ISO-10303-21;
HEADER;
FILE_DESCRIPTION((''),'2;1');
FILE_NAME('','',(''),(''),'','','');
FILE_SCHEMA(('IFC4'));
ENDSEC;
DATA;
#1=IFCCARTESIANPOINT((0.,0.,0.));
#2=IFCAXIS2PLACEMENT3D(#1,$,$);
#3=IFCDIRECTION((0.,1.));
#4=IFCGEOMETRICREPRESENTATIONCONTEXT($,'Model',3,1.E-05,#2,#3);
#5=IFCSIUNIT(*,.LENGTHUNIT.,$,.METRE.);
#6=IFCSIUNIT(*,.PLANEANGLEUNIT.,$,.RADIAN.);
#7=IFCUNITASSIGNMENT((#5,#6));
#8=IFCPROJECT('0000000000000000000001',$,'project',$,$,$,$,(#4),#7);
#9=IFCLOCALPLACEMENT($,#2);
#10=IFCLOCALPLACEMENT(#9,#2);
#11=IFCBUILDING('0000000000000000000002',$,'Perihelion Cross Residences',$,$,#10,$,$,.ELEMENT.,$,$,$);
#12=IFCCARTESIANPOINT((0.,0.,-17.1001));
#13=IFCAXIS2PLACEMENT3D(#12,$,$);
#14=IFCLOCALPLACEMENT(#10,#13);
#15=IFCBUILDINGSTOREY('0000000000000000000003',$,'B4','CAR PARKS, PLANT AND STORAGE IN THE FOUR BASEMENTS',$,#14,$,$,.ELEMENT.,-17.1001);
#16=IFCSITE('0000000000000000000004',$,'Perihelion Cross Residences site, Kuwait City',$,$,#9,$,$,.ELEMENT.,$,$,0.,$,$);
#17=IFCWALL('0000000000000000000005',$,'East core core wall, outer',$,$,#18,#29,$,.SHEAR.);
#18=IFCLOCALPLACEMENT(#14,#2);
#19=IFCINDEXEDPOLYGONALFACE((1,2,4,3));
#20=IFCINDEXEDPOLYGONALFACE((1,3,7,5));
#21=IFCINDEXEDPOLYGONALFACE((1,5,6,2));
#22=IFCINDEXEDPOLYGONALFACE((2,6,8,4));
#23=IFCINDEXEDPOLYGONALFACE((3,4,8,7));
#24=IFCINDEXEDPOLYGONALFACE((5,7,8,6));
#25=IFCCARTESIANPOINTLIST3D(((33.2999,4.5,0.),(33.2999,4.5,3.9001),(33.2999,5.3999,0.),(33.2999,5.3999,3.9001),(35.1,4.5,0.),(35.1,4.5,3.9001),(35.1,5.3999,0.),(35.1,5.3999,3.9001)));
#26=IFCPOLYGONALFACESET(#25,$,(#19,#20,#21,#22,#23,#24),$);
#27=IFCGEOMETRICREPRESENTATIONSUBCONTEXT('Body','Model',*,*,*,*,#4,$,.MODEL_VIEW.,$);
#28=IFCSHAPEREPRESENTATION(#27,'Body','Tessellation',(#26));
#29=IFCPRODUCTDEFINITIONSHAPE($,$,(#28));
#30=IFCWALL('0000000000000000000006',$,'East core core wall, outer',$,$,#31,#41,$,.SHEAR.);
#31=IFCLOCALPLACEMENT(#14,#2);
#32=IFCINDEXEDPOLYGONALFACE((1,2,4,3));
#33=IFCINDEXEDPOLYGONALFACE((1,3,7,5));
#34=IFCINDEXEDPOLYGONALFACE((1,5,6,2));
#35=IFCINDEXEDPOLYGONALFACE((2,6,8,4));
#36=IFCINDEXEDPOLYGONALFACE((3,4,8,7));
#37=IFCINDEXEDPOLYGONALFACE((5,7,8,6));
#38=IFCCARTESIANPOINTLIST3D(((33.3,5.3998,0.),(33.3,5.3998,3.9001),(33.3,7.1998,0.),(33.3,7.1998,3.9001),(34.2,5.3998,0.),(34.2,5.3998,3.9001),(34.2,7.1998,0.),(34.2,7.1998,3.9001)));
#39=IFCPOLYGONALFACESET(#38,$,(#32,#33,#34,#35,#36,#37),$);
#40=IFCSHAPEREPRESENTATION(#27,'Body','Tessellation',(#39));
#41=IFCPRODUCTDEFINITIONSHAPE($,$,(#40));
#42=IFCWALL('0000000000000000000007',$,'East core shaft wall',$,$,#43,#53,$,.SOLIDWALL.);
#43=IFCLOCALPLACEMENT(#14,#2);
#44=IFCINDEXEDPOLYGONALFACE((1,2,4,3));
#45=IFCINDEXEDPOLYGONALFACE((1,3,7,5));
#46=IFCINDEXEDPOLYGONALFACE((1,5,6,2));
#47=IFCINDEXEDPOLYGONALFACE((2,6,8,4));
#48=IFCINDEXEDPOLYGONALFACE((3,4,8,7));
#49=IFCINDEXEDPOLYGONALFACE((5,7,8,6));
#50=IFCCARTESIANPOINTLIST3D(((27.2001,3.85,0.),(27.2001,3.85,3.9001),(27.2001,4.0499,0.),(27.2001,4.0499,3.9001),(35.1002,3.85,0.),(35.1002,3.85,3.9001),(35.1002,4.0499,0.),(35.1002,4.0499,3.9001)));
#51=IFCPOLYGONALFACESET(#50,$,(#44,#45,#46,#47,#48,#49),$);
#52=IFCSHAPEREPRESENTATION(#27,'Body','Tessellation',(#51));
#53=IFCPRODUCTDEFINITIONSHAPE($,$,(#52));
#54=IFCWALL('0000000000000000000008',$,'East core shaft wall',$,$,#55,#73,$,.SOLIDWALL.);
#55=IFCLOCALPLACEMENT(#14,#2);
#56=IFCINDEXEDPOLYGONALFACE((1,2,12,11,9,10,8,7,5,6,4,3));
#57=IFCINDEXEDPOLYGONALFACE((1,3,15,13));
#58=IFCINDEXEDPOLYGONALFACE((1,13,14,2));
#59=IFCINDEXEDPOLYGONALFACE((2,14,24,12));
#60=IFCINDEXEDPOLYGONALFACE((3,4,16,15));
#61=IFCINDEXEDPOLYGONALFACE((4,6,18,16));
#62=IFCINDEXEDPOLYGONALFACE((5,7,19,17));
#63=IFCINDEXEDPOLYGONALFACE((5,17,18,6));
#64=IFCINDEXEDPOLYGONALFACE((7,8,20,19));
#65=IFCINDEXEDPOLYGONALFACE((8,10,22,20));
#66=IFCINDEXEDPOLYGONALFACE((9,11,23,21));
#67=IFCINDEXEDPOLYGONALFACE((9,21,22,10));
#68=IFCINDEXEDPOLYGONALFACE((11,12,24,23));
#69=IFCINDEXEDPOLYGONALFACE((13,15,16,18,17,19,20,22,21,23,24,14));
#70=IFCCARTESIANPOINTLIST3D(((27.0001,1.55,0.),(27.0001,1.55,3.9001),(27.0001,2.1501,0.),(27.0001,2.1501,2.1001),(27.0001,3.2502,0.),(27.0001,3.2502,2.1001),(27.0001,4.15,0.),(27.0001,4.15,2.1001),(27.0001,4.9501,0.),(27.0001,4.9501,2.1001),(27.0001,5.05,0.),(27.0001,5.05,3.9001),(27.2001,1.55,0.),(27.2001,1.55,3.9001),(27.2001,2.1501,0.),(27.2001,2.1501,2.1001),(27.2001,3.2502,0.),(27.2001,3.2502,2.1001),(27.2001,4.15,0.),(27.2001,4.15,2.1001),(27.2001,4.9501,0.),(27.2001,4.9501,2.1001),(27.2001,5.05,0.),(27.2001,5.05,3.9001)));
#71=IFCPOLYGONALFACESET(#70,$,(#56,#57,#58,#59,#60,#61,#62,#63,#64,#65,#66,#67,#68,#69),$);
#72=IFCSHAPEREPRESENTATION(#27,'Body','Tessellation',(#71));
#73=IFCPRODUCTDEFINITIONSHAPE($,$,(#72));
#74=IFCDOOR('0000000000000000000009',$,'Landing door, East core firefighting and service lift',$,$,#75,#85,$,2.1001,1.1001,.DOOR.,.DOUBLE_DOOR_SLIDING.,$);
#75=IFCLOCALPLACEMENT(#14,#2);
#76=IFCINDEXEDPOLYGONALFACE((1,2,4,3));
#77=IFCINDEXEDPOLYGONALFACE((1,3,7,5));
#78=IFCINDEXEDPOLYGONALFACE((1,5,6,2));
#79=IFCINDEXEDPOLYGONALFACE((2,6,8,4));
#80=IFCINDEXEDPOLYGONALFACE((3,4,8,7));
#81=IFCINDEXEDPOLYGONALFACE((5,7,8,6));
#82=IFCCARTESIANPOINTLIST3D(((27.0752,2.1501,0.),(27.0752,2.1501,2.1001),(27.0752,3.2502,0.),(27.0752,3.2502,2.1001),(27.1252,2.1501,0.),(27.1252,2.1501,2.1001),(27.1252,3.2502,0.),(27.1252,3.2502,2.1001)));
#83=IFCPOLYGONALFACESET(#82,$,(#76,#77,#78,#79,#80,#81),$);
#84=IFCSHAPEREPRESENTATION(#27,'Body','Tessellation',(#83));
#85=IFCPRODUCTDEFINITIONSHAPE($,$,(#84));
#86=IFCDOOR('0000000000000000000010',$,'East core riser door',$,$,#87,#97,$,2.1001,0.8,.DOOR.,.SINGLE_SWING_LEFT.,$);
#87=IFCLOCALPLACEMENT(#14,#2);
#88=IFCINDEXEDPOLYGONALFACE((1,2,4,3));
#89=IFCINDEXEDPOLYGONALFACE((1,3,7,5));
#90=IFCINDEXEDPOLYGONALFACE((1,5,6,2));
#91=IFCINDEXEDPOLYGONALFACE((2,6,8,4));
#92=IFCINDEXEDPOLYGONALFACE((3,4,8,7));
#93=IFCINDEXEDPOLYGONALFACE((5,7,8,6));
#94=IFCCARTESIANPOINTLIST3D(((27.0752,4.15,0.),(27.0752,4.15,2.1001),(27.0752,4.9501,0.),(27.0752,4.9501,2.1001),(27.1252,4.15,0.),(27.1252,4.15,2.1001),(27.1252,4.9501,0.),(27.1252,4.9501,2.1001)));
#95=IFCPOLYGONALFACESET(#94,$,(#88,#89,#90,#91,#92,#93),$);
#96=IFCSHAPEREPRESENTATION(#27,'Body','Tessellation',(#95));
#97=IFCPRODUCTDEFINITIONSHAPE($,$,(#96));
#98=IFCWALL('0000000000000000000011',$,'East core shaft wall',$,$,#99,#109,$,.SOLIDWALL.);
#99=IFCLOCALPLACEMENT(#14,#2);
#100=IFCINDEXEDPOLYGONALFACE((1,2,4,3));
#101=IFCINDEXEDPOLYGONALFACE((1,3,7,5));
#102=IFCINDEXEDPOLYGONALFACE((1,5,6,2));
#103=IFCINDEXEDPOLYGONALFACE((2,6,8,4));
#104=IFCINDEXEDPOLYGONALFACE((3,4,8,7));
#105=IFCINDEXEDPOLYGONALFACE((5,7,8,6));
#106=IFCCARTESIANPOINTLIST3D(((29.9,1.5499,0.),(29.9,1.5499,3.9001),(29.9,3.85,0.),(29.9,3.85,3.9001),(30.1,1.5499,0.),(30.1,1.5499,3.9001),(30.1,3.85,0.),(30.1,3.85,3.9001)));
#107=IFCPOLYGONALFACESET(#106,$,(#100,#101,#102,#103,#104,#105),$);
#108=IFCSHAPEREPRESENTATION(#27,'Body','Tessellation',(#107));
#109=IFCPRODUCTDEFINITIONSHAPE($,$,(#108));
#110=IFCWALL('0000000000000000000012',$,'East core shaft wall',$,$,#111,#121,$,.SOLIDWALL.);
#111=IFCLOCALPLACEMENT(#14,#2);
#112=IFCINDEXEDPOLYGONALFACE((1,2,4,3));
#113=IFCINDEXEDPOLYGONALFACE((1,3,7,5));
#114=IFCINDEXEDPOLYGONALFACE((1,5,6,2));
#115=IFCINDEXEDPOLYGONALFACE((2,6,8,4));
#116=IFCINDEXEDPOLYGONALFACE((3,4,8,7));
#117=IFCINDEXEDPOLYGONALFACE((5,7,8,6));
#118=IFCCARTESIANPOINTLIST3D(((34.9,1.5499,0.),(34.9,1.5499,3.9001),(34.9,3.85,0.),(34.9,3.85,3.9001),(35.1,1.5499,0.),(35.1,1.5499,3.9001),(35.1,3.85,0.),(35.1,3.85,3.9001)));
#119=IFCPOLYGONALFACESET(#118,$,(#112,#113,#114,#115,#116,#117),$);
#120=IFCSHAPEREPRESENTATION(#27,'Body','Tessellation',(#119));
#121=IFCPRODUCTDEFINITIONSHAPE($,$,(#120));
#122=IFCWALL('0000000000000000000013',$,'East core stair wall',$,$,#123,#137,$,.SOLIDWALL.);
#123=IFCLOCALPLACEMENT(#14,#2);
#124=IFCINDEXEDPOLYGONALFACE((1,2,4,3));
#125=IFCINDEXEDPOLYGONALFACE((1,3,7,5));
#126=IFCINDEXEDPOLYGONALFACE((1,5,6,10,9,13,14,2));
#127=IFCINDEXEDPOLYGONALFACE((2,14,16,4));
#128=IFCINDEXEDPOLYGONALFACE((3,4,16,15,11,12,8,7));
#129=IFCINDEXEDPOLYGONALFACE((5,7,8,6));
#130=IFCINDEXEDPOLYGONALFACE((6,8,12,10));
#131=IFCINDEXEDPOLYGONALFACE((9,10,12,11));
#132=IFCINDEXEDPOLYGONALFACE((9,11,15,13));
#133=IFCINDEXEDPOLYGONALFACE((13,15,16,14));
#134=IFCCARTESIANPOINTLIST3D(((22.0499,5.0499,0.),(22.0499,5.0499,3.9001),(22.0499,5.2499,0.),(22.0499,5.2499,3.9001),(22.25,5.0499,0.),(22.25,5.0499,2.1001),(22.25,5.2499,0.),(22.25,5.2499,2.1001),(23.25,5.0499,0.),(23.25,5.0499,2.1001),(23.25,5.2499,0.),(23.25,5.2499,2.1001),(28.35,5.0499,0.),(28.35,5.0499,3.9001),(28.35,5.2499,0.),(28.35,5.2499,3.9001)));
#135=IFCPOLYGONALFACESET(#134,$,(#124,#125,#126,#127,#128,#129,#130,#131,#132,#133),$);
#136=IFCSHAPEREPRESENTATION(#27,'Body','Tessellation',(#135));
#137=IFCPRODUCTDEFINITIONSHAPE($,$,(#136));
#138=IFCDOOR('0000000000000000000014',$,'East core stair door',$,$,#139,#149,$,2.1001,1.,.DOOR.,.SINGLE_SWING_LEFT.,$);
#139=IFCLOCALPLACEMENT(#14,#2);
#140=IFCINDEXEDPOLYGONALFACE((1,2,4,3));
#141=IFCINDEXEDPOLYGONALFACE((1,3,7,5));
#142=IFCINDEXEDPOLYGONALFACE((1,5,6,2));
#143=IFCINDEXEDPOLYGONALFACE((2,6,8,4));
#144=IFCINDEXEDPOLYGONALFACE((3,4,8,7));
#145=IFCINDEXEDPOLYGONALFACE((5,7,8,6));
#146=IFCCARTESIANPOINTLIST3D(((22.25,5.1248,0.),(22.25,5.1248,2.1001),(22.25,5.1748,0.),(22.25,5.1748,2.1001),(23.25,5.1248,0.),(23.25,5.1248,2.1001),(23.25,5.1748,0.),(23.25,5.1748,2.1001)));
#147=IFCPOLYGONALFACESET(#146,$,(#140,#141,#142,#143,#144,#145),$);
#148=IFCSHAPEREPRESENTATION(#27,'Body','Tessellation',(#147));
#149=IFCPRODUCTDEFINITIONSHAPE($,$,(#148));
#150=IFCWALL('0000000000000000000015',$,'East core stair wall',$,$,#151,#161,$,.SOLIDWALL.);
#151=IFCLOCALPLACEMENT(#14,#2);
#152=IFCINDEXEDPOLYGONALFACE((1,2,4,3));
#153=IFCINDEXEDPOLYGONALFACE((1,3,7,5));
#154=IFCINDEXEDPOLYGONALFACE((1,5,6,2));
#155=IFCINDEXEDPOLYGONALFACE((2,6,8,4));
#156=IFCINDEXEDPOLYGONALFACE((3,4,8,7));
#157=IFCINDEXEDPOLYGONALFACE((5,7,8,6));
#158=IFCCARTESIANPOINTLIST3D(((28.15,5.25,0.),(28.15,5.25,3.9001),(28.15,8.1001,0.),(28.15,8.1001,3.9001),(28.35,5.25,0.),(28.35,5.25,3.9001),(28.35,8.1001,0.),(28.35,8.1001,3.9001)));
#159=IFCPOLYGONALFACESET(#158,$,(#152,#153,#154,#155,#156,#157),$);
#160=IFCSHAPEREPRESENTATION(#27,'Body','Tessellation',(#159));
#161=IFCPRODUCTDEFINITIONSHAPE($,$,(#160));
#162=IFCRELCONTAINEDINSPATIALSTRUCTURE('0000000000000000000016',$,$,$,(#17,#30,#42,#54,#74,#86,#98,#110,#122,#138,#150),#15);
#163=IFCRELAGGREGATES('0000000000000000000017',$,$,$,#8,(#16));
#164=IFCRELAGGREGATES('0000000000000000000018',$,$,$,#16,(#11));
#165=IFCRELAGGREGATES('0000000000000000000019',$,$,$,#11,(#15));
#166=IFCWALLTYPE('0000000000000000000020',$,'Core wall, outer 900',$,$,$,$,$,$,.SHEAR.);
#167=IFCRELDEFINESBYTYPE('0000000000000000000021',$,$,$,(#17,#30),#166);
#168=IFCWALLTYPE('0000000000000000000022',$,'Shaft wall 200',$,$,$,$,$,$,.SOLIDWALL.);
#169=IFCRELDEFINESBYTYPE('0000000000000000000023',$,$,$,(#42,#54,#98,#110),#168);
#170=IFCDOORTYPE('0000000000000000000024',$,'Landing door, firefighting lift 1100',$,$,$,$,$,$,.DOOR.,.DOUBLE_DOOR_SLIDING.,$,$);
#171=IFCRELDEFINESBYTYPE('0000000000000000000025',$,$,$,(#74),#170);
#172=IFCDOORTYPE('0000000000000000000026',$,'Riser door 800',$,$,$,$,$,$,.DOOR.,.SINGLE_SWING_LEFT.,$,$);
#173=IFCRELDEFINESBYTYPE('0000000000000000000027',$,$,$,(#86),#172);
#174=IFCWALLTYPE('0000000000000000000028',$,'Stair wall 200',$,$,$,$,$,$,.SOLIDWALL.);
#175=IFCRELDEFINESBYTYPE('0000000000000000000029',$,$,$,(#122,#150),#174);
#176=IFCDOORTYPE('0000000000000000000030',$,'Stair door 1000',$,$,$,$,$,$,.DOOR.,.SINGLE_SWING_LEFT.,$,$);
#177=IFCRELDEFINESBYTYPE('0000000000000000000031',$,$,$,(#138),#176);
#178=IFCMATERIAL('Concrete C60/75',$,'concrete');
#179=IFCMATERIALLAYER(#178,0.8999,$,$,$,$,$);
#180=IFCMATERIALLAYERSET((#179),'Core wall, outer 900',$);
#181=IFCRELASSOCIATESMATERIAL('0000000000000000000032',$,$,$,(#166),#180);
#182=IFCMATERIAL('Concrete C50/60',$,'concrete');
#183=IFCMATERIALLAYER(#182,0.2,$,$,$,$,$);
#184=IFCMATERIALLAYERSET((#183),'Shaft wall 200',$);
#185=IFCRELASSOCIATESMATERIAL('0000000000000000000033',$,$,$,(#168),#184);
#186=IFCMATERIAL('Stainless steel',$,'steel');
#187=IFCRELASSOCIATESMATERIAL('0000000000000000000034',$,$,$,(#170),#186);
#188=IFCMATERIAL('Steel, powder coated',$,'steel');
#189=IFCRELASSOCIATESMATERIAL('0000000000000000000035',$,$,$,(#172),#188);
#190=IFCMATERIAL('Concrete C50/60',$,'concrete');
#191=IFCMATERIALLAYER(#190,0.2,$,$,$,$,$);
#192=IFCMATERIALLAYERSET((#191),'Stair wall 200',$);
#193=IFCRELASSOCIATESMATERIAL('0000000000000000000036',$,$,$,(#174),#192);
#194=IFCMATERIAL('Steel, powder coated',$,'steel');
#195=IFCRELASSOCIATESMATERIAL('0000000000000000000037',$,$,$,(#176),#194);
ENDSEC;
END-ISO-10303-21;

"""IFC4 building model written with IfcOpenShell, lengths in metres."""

from ifc_helpers import new_model, si_unit, direction, frame, frame_2d, origin, place, context, subcontext, project, spatial, rectangle, extrude, material, layer, layer_set, type_object, element, fill, save


model = new_model("IFC4")

# Units and contexts
model_context = context("Model", 3, precision=1e-05, world=origin(), true_north=direction((0.0, 1.0)))
body_context = subcontext(model_context, "Body", "Model", "MODEL_VIEW")
ifc_project = project(units=[si_unit("LENGTHUNIT", "METRE"), si_unit("PLANEANGLEUNIT", "RADIAN")], contexts=[model_context])

# Site, building, storey
site_placement = place(None, origin())
site = spatial("IfcSite", under=ifc_project, at=site_placement, Name="Perihelion Cross Residences site, Kuwait City", CompositionType="ELEMENT", RefElevation=0.0)
building_placement = place(site_placement, origin())
building = spatial("IfcBuilding", under=site, at=building_placement, Name="Perihelion Cross Residences", CompositionType="ELEMENT")
storey_placement = place(building_placement, frame((0.0, 0.0, -17.1001)))
storey = spatial("IfcBuildingStorey", under=building, at=storey_placement, Name="B4", Description="CAR PARKS, PLANT AND STORAGE IN THE FOUR BASEMENTS", CompositionType="ELEMENT", Elevation=-17.1001)

# Walls
ifc_material_1 = material(Name="Concrete C60/75", Category="concrete")
ifc_layer_1 = layer(ifc_material_1, 0.8999)
ifc_layer_set_1 = layer_set([ifc_layer_1], Name="Core wall, outer 900")
wall_type_1 = type_object("IfcWallType", Name="Core wall, outer 900", PredefinedType="SHEAR", material=ifc_layer_set_1)
for number, where, z_axis, x_axis, name in (
    (1, (33.3, 4.95, 0.0), (0.0, 0.0, 1.0), (1.0, 0.0, 0.0), "East core core wall, outer"),
    (2, (33.75, 5.3999, 0.0), (0.0, 0.0, 1.0), (0.0, 1.0, 0.0), "East core core wall, outer"),
):
    element("IfcWall", number, at=place(storey_placement, frame(where, z_axis=z_axis, x_axis=x_axis)), inside=storey, type_object=wall_type_1, Name=name, PredefinedType="SHEAR", context=body_context, shape_type="SweptSolid", body=[
        extrude(rectangle(XDim=1.8, YDim=0.8999, at=frame_2d((0.8999, 0.0))), origin(), (0.0, 0.0, 1.0), 3.9001),
    ])
ifc_material_2 = material(Name="Concrete C50/60", Category="concrete")
ifc_layer_2 = layer(ifc_material_2, 0.2)
ifc_layer_set_2 = layer_set([ifc_layer_2], Name="Shaft wall 200")
wall_type_2 = type_object("IfcWallType", Name="Shaft wall 200", PredefinedType="SOLIDWALL", material=ifc_layer_set_2)
wall_1_placement = place(storey_placement, frame((27.2, 3.95, 0.0), z_axis=(0.0, 0.0, 1.0), x_axis=(1.0, 0.0, 0.0)))
element("IfcWall", 3, at=wall_1_placement, inside=storey, type_object=wall_type_2, Name="East core shaft wall", PredefinedType="SOLIDWALL", context=body_context, shape_type="SweptSolid", body=[
    extrude(rectangle(XDim=7.9001, YDim=0.2, at=frame_2d((3.9502, 0.0))), origin(), (0.0, 0.0, 1.0), 3.9001),
])

# Wall, openings, doors
wall_2_placement = place(storey_placement, frame((27.1001, 1.55, 0.0), z_axis=(0.0, 0.0, 1.0), x_axis=(0.0, 1.0, 0.0)))
wall_2 = element("IfcWall", 4, at=wall_2_placement, inside=storey, type_object=wall_type_2, Name="East core shaft wall", PredefinedType="SOLIDWALL", context=body_context, shape_type="SweptSolid", body=[
    extrude(rectangle(XDim=3.5, YDim=0.2, at=frame_2d((1.75, 0.0))), origin(), (0.0, 0.0, 1.0), 3.9001),
])
opening_1_placement = place(wall_2_placement, frame((0.6001, 0.0, 0.0)))
opening_1 = element("IfcOpeningElement", 5, at=opening_1_placement, cuts=wall_2, PredefinedType="OPENING", context=body_context, shape_type="SweptSolid", body=[
    extrude(rectangle(XDim=1.1001, YDim=2.1001, at=frame_2d((0.55, 1.05))), frame((0.0, 0.1099, 0.0), z_axis=(0.0, -1.0, 0.0), x_axis=(1.0, 0.0, 0.0)), (0.0, 0.0, 1.0), 0.22),
])
opening_2_placement = place(wall_2_placement, frame((2.6001, 0.0, 0.0)))
opening_2 = element("IfcOpeningElement", 6, at=opening_2_placement, cuts=wall_2, PredefinedType="OPENING", context=body_context, shape_type="SweptSolid", body=[
    extrude(rectangle(XDim=0.8, YDim=2.1001, at=frame_2d((0.3999, 1.05))), frame((0.0, 0.1099, 0.0), z_axis=(0.0, -1.0, 0.0), x_axis=(1.0, 0.0, 0.0)), (0.0, 0.0, 1.0), 0.22),
])
ifc_material_3 = material(Name="Stainless steel", Category="steel")
door_type_1 = type_object("IfcDoorType", Name="Landing door, firefighting lift 1100", OperationType="DOUBLE_DOOR_SLIDING", PredefinedType="DOOR", material=ifc_material_3)
door_1_placement = place(opening_1_placement, origin())
door_1 = element("IfcDoor", 7, at=door_1_placement, inside=storey, type_object=door_type_1, Name="Landing door, East core firefighting and service lift", OperationType="DOUBLE_DOOR_SLIDING", OverallHeight=2.1001, OverallWidth=1.1001, PredefinedType="DOOR", context=body_context, shape_type="SweptSolid", body=[
    extrude(rectangle(XDim=1.1001, YDim=2.1001, at=frame_2d((0.55, 1.05))), frame((0.0, 0.0249, 0.0), z_axis=(0.0, -1.0, 0.0), x_axis=(1.0, 0.0, 0.0)), (0.0, 0.0, 1.0), 0.05),
])
fill(opening_1, door_1)
ifc_material_4 = material(Name="Steel, powder coated", Category="steel")
door_type_2 = type_object("IfcDoorType", Name="Riser door 800", OperationType="SINGLE_SWING_LEFT", PredefinedType="DOOR", material=ifc_material_4)
door_2_placement = place(opening_2_placement, origin())
door_2 = element("IfcDoor", 8, at=door_2_placement, inside=storey, type_object=door_type_2, Name="East core riser door", OperationType="SINGLE_SWING_LEFT", OverallHeight=2.1001, OverallWidth=0.8, PredefinedType="DOOR", context=body_context, shape_type="SweptSolid", body=[
    extrude(rectangle(XDim=0.8, YDim=2.1001, at=frame_2d((0.3999, 1.05))), frame((0.0, 0.0249, 0.0), z_axis=(0.0, -1.0, 0.0), x_axis=(1.0, 0.0, 0.0)), (0.0, 0.0, 1.0), 0.05),
])
fill(opening_2, door_2)

# Walls
for number, where, z_axis, x_axis, name in (
    (9, (30.0, 1.55, 0.0), (0.0, 0.0, 1.0), (0.0, 1.0, 0.0), "East core shaft wall"),
    (10, (35.0, 1.55, 0.0), (0.0, 0.0, 1.0), (0.0, 1.0, 0.0), "East core shaft wall"),
):
    element("IfcWall", number, at=place(storey_placement, frame(where, z_axis=z_axis, x_axis=x_axis)), inside=storey, type_object=wall_type_2, Name=name, PredefinedType="SOLIDWALL", context=body_context, shape_type="SweptSolid", body=[
        extrude(rectangle(XDim=2.3, YDim=0.2, at=frame_2d((1.1499, 0.0))), origin(), (0.0, 0.0, 1.0), 3.9001),
    ])

# Wall, opening, door
ifc_material_5 = material(Name="Concrete C50/60", Category="concrete")
ifc_layer_3 = layer(ifc_material_5, 0.2)
ifc_layer_set_3 = layer_set([ifc_layer_3], Name="Stair wall 200")
wall_type_3 = type_object("IfcWallType", Name="Stair wall 200", PredefinedType="SOLIDWALL", material=ifc_layer_set_3)
wall_3_placement = place(storey_placement, frame((22.05, 5.1499, 0.0), z_axis=(0.0, 0.0, 1.0), x_axis=(1.0, 0.0, 0.0)))
wall_3 = element("IfcWall", 11, at=wall_3_placement, inside=storey, type_object=wall_type_3, Name="East core stair wall", PredefinedType="SOLIDWALL", context=body_context, shape_type="SweptSolid", body=[
    extrude(rectangle(XDim=6.3, YDim=0.2, at=frame_2d((3.1499, 0.0))), origin(), (0.0, 0.0, 1.0), 3.9001),
])
opening_3_placement = place(wall_3_placement, frame((0.2, 0.0, 0.0)))
opening_3 = element("IfcOpeningElement", 12, at=opening_3_placement, cuts=wall_3, PredefinedType="OPENING", context=body_context, shape_type="SweptSolid", body=[
    extrude(rectangle(XDim=1.0, YDim=2.1001, at=frame_2d((0.5, 1.05))), frame((0.0, 0.1099, 0.0), z_axis=(0.0, -1.0, 0.0), x_axis=(1.0, 0.0, 0.0)), (0.0, 0.0, 1.0), 0.22),
])
ifc_material_6 = material(Name="Steel, powder coated", Category="steel")
door_type_3 = type_object("IfcDoorType", Name="Stair door 1000", OperationType="SINGLE_SWING_LEFT", PredefinedType="DOOR", material=ifc_material_6)
door_3_placement = place(opening_3_placement, origin())
door_3 = element("IfcDoor", 13, at=door_3_placement, inside=storey, type_object=door_type_3, Name="East core stair door", OperationType="SINGLE_SWING_LEFT", OverallHeight=2.1001, OverallWidth=1.0, PredefinedType="DOOR", context=body_context, shape_type="SweptSolid", body=[
    extrude(rectangle(XDim=1.0, YDim=2.1001, at=frame_2d((0.5, 1.05))), frame((0.0, 0.0249, 0.0), z_axis=(0.0, -1.0, 0.0), x_axis=(1.0, 0.0, 0.0)), (0.0, 0.0, 1.0), 0.05),
])
fill(opening_3, door_3)

# Wall
wall_4_placement = place(storey_placement, frame((28.25, 5.25, 0.0), z_axis=(0.0, 0.0, 1.0), x_axis=(0.0, 1.0, 0.0)))
element("IfcWall", 14, at=wall_4_placement, inside=storey, type_object=wall_type_3, Name="East core stair wall", PredefinedType="SOLIDWALL", context=body_context, shape_type="SweptSolid", body=[
    extrude(rectangle(XDim=2.8501, YDim=0.2, at=frame_2d((1.425, 0.0))), origin(), (0.0, 0.0, 1.0), 3.9001),
])

save(model, "model.ifc")
